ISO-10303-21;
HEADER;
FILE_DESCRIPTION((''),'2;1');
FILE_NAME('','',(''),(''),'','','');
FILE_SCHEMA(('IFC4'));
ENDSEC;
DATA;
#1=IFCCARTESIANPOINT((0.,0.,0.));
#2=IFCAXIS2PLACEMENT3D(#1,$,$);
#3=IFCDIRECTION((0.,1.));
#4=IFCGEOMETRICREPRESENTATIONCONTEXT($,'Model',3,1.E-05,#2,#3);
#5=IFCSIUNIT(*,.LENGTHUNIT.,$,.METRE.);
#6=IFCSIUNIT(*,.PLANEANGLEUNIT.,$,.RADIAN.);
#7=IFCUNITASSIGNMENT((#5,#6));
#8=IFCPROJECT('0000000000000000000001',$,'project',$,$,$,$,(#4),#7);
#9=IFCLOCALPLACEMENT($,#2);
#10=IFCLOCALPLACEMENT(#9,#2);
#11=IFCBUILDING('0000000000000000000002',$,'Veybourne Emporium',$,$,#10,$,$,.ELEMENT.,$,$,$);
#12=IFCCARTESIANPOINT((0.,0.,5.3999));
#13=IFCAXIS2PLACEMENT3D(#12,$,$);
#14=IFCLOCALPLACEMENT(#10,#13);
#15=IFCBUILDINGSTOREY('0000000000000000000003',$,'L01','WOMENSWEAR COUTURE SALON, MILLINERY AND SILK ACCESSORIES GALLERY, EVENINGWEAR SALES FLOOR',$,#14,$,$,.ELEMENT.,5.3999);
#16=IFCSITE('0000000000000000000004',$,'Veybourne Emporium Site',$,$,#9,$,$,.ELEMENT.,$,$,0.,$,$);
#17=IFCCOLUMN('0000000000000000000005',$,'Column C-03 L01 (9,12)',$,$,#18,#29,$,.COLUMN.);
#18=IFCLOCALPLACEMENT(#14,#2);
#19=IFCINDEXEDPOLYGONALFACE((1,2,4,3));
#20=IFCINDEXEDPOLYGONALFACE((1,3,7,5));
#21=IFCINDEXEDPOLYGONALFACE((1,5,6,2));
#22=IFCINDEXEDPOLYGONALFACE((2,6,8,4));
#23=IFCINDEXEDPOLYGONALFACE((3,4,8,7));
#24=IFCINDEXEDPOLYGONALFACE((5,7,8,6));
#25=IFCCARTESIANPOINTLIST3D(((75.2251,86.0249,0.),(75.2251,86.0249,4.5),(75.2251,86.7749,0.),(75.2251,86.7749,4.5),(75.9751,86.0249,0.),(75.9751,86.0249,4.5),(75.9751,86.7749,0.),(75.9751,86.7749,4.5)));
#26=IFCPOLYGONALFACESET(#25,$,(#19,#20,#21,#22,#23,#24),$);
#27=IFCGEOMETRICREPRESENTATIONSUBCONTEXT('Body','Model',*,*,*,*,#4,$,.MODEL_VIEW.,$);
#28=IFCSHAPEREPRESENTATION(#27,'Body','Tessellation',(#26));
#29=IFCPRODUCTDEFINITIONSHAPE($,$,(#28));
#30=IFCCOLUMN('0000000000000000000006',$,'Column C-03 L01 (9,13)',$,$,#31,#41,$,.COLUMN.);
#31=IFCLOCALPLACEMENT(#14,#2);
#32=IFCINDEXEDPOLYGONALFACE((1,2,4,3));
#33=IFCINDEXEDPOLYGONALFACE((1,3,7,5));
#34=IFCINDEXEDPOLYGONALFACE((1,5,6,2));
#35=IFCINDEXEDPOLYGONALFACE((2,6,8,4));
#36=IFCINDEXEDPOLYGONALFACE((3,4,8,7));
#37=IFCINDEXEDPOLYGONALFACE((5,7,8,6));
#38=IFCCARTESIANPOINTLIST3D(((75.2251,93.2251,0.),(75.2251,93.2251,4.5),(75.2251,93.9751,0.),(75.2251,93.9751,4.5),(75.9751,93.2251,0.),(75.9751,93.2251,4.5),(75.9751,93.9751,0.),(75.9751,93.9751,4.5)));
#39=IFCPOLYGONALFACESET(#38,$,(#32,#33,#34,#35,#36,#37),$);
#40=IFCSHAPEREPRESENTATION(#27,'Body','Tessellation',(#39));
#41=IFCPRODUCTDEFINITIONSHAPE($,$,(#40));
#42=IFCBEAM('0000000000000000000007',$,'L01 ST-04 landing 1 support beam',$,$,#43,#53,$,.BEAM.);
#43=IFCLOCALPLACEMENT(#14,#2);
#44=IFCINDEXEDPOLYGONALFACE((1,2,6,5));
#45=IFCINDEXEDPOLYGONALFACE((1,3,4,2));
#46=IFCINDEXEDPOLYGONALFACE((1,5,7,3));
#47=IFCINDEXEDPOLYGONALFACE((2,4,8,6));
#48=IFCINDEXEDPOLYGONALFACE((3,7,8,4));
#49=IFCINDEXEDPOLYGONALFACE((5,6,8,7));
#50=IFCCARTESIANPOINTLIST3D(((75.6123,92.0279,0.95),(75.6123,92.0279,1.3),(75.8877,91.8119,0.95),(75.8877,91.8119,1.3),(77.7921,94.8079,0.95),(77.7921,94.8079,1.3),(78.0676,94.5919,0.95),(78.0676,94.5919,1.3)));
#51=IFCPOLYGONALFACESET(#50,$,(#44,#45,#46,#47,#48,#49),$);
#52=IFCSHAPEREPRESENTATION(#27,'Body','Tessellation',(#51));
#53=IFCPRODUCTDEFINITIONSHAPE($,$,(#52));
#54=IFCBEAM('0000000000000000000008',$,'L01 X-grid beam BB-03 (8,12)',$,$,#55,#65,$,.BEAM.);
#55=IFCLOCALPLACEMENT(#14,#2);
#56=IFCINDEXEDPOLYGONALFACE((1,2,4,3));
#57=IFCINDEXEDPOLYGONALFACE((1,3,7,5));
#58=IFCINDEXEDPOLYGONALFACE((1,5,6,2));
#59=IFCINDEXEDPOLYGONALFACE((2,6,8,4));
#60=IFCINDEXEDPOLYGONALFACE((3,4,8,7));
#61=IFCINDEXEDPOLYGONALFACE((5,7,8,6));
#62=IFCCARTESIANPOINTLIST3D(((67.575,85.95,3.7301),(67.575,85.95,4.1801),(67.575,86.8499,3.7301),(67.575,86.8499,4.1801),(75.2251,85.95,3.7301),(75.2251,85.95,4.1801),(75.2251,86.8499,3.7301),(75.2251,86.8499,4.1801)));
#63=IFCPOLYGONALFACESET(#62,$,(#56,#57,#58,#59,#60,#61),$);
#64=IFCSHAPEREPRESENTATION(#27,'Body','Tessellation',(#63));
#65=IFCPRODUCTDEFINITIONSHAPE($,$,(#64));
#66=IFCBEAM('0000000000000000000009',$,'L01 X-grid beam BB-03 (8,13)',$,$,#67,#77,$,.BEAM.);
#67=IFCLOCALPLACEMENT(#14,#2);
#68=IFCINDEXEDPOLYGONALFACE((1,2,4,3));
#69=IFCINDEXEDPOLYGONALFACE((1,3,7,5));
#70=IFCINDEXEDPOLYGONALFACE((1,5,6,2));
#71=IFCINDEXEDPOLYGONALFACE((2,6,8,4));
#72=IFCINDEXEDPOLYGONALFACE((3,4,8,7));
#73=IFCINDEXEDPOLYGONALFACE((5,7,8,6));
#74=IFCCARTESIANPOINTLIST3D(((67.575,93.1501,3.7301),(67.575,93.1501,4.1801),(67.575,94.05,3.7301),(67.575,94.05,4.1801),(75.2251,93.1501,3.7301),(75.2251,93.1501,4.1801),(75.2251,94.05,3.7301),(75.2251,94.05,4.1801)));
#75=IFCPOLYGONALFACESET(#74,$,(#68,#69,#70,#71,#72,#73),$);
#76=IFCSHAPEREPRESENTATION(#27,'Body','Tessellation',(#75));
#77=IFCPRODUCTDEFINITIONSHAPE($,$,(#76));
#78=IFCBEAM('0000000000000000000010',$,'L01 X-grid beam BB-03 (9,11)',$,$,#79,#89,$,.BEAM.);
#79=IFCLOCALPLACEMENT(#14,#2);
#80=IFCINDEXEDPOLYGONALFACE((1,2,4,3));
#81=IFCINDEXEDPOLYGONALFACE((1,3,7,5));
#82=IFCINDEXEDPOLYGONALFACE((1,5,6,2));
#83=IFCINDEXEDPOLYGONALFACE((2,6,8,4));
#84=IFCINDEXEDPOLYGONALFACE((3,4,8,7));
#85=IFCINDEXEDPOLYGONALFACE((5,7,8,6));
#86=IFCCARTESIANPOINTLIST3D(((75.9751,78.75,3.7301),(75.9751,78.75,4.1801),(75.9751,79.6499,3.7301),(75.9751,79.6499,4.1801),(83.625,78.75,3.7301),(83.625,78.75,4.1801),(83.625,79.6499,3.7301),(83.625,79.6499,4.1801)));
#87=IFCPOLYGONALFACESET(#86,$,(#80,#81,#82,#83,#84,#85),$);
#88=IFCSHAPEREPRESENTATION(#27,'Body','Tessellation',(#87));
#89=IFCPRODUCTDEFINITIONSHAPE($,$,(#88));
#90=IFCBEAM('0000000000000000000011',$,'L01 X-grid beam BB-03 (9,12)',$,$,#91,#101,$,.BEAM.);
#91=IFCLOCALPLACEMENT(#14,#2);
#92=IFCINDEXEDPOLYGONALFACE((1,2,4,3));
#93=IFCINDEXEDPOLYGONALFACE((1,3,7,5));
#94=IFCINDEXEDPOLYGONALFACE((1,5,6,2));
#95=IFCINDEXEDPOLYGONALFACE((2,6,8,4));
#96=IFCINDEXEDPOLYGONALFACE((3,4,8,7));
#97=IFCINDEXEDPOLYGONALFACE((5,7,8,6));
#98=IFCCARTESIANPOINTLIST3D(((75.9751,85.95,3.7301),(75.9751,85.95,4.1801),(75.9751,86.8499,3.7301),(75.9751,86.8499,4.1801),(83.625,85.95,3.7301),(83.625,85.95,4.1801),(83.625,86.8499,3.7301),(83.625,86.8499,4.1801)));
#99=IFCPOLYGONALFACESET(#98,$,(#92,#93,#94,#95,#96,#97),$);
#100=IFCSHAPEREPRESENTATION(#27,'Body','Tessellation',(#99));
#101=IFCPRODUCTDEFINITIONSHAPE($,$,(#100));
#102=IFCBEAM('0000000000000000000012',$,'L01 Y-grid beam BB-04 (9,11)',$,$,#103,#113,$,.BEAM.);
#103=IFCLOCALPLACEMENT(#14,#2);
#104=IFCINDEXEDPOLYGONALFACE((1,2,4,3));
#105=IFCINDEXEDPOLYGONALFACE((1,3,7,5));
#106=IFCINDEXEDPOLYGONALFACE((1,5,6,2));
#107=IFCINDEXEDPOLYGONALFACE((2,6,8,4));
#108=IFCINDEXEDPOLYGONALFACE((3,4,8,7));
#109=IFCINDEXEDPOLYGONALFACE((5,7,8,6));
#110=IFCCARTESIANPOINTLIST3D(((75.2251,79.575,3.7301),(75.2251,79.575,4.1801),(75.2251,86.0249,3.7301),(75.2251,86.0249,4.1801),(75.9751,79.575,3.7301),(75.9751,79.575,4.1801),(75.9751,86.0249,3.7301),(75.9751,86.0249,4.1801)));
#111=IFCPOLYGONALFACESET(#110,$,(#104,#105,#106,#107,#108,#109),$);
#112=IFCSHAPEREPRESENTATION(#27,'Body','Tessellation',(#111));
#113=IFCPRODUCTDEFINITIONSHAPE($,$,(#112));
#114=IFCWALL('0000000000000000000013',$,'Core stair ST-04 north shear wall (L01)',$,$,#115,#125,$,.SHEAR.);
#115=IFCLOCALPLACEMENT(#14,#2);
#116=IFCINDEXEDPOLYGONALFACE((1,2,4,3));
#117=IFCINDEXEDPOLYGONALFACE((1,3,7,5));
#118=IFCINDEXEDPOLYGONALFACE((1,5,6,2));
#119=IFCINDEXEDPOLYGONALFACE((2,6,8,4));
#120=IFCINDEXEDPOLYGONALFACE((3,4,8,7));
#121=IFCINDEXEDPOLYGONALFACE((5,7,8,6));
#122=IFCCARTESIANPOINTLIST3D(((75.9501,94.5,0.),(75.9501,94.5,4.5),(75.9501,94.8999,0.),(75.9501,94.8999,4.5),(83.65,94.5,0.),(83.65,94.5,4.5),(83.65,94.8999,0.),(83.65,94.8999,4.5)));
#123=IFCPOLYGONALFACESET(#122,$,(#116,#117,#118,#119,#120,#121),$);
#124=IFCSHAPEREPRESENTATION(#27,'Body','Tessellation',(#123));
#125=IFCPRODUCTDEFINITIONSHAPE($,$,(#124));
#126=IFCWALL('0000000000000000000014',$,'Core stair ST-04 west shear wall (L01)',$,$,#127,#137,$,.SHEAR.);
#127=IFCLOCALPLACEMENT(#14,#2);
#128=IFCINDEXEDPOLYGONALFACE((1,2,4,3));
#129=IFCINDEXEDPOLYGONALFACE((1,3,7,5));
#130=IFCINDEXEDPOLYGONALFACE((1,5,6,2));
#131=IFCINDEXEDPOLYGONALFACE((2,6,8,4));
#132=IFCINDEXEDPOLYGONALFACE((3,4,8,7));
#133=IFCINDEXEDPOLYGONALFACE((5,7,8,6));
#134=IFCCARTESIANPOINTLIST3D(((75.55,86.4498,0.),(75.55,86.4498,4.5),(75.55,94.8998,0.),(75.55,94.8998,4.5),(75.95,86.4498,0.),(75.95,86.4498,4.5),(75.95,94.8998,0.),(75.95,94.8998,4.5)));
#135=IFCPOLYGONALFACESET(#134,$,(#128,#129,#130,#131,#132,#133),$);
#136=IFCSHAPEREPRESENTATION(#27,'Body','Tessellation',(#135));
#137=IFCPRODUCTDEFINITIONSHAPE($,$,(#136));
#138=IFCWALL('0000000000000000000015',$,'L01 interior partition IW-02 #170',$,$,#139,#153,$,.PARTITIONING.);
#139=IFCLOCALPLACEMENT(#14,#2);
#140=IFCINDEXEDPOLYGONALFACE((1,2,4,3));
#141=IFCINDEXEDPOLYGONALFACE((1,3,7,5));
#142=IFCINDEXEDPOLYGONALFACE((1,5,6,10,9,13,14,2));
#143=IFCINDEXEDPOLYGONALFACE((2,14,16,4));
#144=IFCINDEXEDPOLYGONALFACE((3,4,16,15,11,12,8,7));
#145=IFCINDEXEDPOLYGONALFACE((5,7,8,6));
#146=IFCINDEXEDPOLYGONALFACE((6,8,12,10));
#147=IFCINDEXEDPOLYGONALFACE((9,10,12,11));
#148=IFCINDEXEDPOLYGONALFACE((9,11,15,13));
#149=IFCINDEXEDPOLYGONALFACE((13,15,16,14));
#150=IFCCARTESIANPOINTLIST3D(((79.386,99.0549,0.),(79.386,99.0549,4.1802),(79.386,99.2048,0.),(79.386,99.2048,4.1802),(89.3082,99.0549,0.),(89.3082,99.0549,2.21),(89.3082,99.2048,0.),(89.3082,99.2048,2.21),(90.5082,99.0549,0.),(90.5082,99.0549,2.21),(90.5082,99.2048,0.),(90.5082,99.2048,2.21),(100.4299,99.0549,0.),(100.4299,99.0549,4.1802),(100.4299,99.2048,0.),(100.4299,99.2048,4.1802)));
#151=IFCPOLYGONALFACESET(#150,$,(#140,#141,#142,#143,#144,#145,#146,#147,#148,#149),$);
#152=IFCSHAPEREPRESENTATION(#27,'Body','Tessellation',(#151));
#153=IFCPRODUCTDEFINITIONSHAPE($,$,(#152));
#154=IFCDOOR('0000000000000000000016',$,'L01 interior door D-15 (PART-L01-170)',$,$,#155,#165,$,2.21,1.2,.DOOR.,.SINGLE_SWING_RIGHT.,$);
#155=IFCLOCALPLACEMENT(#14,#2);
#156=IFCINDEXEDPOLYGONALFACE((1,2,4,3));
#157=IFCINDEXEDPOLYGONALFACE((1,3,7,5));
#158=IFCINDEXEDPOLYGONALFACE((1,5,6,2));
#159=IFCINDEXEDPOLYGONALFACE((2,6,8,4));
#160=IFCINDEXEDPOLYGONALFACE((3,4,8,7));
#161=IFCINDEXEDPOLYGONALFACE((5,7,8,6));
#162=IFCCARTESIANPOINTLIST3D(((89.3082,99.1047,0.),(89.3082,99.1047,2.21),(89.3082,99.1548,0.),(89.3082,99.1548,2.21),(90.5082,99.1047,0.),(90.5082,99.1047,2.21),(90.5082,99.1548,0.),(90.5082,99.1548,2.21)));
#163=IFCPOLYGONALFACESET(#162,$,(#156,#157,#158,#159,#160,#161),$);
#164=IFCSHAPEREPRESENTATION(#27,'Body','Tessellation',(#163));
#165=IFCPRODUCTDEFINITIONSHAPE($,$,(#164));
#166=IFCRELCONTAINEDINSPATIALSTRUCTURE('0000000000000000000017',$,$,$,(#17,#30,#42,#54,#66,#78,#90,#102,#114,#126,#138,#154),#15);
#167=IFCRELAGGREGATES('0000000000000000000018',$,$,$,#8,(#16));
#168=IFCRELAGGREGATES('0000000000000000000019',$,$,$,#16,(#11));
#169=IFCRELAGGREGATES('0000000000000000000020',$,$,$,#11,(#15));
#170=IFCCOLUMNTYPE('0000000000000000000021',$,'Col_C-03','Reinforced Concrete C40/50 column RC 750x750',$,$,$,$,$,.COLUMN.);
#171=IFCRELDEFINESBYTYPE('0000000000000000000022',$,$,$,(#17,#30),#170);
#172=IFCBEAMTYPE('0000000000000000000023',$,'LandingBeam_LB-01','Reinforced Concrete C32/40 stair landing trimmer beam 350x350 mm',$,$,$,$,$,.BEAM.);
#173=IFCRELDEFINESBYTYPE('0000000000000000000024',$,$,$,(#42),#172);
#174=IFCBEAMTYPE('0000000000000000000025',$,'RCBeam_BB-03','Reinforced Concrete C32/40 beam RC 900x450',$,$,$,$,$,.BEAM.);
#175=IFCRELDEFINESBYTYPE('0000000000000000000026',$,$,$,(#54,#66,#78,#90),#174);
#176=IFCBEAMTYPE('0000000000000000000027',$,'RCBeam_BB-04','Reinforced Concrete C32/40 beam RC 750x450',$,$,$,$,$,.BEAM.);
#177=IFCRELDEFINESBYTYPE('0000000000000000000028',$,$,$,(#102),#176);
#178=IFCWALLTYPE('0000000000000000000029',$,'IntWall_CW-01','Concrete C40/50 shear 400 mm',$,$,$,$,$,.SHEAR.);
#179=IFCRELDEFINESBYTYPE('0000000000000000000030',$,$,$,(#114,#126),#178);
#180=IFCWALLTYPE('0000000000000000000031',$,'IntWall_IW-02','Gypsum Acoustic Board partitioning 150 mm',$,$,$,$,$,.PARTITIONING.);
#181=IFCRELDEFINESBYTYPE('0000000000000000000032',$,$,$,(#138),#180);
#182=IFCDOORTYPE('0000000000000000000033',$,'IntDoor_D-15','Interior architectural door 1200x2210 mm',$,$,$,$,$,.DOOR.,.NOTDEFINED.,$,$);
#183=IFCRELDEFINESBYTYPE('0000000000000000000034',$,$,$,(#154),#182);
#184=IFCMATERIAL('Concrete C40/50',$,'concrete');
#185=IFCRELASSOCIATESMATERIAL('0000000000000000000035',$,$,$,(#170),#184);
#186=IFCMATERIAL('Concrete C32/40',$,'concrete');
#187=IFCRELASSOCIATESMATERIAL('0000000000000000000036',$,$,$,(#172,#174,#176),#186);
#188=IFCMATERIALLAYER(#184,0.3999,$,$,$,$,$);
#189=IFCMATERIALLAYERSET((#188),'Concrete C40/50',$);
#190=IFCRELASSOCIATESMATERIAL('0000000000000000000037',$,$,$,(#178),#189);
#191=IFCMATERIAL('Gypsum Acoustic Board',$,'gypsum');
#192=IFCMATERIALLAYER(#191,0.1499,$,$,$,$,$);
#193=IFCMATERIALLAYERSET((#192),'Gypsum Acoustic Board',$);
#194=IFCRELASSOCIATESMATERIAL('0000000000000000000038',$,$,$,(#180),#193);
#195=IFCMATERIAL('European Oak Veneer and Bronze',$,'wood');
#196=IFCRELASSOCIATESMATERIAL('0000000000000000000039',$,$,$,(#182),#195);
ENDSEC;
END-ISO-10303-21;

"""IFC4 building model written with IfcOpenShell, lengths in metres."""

from ifc_helpers import new_model, si_unit, direction, frame, frame_2d, origin, origin_2d, place, context, subcontext, project, spatial, rectangle, extrude, material, layer, layer_set, material_profile, profile_set, type_object, element, fill, save


model = new_model("IFC4")

# Units and contexts
model_context = context("Model", 3, precision=1e-05, world=origin(), true_north=direction((0.0, 1.0)))
body_context = subcontext(model_context, "Body", "Model", "MODEL_VIEW")
ifc_project = project(units=[si_unit("LENGTHUNIT", "METRE"), si_unit("PLANEANGLEUNIT", "RADIAN")], contexts=[model_context])

# Site, building, storey
site_placement = place(None, origin())
site = spatial("IfcSite", under=ifc_project, at=site_placement, Name="Veybourne Emporium Site", CompositionType="ELEMENT", RefElevation=0.0)
building_placement = place(site_placement, origin())
building = spatial("IfcBuilding", under=site, at=building_placement, Name="Veybourne Emporium", CompositionType="ELEMENT")
storey_placement = place(building_placement, frame((0.0, 0.0, 5.3999)))
storey = spatial("IfcBuildingStorey", under=building, at=storey_placement, Name="L01", Description="WOMENSWEAR COUTURE SALON, MILLINERY AND SILK ACCESSORIES GALLERY, EVENINGWEAR SALES FLOOR", CompositionType="ELEMENT", Elevation=5.3999)

# Columns
ifc_material_1 = material(Name="Concrete C40/50", Category="concrete")
ifc_material_profile_1 = material_profile(ifc_material_1, rectangle(XDim=0.75, YDim=0.75, at=origin_2d()), Name="RC 750x750")
ifc_profile_set_1 = profile_set([ifc_material_profile_1], Name="Concrete C40/50")
column_type = type_object("IfcColumnType", Name="Col_C-03", Description="Reinforced Concrete C40/50 column RC 750x750", PredefinedType="COLUMN", material=ifc_profile_set_1)
for number, where, z_axis, x_axis, name in (
    (1, (75.6001, 86.3999, 0.0), (0.0, 0.0, 1.0), (1.0, 0.0, 0.0), "Column C-03 L01 (9,12)"),
    (2, (75.6001, 93.6001, 0.0), (0.0, 0.0, 1.0), (1.0, 0.0, 0.0), "Column C-03 L01 (9,13)"),
):
    element("IfcColumn", number, at=place(storey_placement, frame(where, z_axis=z_axis, x_axis=x_axis)), inside=storey, type_object=column_type, Name=name, PredefinedType="COLUMN", context=body_context, shape_type="SweptSolid", body=[
        extrude(rectangle(XDim=0.75, YDim=0.75, at=origin_2d()), origin(), (0.0, 0.0, 1.0), 4.5),
    ])

# Beams
ifc_material_2 = material(Name="Concrete C32/40", Category="concrete")
ifc_material_profile_2 = material_profile(ifc_material_2, rectangle(XDim=0.3501, YDim=0.3501, at=origin_2d()), Name="RC 350x350")
ifc_profile_set_2 = profile_set([ifc_material_profile_2], Name="Concrete C32/40")
beam_type_1 = type_object("IfcBeamType", Name="LandingBeam_LB-01", Description="Reinforced Concrete C32/40 stair landing trimmer beam 350x350 mm", PredefinedType="BEAM", material=ifc_profile_set_2)
beam_1_placement = place(storey_placement, frame((75.75, 91.9199, 1.125), z_axis=(0.617055, 0.78692, 0.0), x_axis=(-0.78692, 0.617055, 0.0)))
element("IfcBeam", 3, at=beam_1_placement, inside=storey, type_object=beam_type_1, Name="L01 ST-04 landing 1 support beam", PredefinedType="BEAM", context=body_context, shape_type="SweptSolid", body=[
    extrude(rectangle(XDim=0.3501, YDim=0.3501, at=origin_2d()), origin(), (0.0, 0.0, 1.0), 3.5327),
])
ifc_material_profile_3 = material_profile(ifc_material_2, rectangle(XDim=0.8999, YDim=0.45, at=origin_2d()), Name="RC 900x450")
ifc_profile_set_3 = profile_set([ifc_material_profile_3], Name="Concrete C32/40")
beam_type_2 = type_object("IfcBeamType", Name="RCBeam_BB-03", Description="Reinforced Concrete C32/40 beam RC 900x450", PredefinedType="BEAM", material=ifc_profile_set_3)
for number, where, z_axis, x_axis, name in (
    (4, (67.575, 86.3999, 3.9551), (1.0, 0.0, 0.0), (0.0, 1.0, 0.0), "L01 X-grid beam BB-03 (8,12)"),
    (5, (67.575, 93.6001, 3.9551), (1.0, 0.0, 0.0), (0.0, 1.0, 0.0), "L01 X-grid beam BB-03 (8,13)"),
):
    element("IfcBeam", number, at=place(storey_placement, frame(where, z_axis=z_axis, x_axis=x_axis)), inside=storey, type_object=beam_type_2, Name=name, PredefinedType="BEAM", context=body_context, shape_type="SweptSolid", body=[
        extrude(rectangle(XDim=0.8999, YDim=0.45, at=origin_2d()), origin(), (0.0, 0.0, 1.0), 7.6501),
    ])
for number, where, z_axis, x_axis, name in (
    (6, (75.9751, 79.2, 3.9551), (1.0, 0.0, 0.0), (0.0, 1.0, 0.0), "L01 X-grid beam BB-03 (9,11)"),
    (7, (75.9751, 86.3999, 3.9551), (1.0, 0.0, 0.0), (0.0, 1.0, 0.0), "L01 X-grid beam BB-03 (9,12)"),
):
    element("IfcBeam", number, at=place(storey_placement, frame(where, z_axis=z_axis, x_axis=x_axis)), inside=storey, type_object=beam_type_2, Name=name, PredefinedType="BEAM", context=body_context, shape_type="SweptSolid", body=[
        extrude(rectangle(XDim=0.8999, YDim=0.45, at=origin_2d()), origin(), (0.0, 0.0, 1.0), 7.6499),
    ])
ifc_material_profile_4 = material_profile(ifc_material_2, rectangle(XDim=0.75, YDim=0.45, at=origin_2d()), Name="RC 750x450")
ifc_profile_set_4 = profile_set([ifc_material_profile_4], Name="Concrete C32/40")
beam_type_3 = type_object("IfcBeamType", Name="RCBeam_BB-04", Description="Reinforced Concrete C32/40 beam RC 750x450", PredefinedType="BEAM", material=ifc_profile_set_4)
beam_2_placement = place(storey_placement, frame((75.6001, 79.575, 3.9551), z_axis=(0.0, 1.0, 0.0), x_axis=(-1.0, 0.0, 0.0)))
element("IfcBeam", 8, at=beam_2_placement, inside=storey, type_object=beam_type_3, Name="L01 Y-grid beam BB-04 (9,11)", PredefinedType="BEAM", context=body_context, shape_type="SweptSolid", body=[
    extrude(rectangle(XDim=0.75, YDim=0.45, at=origin_2d()), origin(), (0.0, 0.0, 1.0), 6.45),
])

# Walls
ifc_layer_1 = layer(ifc_material_1, 0.3999)
ifc_layer_set_1 = layer_set([ifc_layer_1], Name="Concrete C40/50")
wall_type_1 = type_object("IfcWallType", Name="IntWall_CW-01", Description="Concrete C40/50 shear 400 mm", PredefinedType="SHEAR", material=ifc_layer_set_1)
wall_1_placement = place(storey_placement, frame((75.95, 94.7, 0.0), z_axis=(0.0, 0.0, 1.0), x_axis=(1.0, 0.0, 0.0)))
element("IfcWall", 9, at=wall_1_placement, inside=storey, type_object=wall_type_1, Name="Core stair ST-04 north shear wall (L01)", PredefinedType="SHEAR", context=body_context, shape_type="SweptSolid", body=[
    extrude(rectangle(XDim=7.7, YDim=0.3999, at=frame_2d((3.8501, 0.0))), origin(), (0.0, 0.0, 1.0), 4.5),
])
wall_2_placement = place(storey_placement, frame((75.75, 94.8999, 0.0), z_axis=(0.0, 0.0, 1.0), x_axis=(0.0, -1.0, 0.0)))
element("IfcWall", 10, at=wall_2_placement, inside=storey, type_object=wall_type_1, Name="Core stair ST-04 west shear wall (L01)", PredefinedType="SHEAR", context=body_context, shape_type="SweptSolid", body=[
    extrude(rectangle(XDim=8.45, YDim=0.3999, at=frame_2d((4.2251, 0.0))), origin(), (0.0, 0.0, 1.0), 4.5),
])

# Wall, opening, door
ifc_material_3 = material(Name="Gypsum Acoustic Board", Category="gypsum")
ifc_layer_2 = layer(ifc_material_3, 0.1499)
ifc_layer_set_2 = layer_set([ifc_layer_2], Name="Gypsum Acoustic Board")
wall_type_2 = type_object("IfcWallType", Name="IntWall_IW-02", Description="Gypsum Acoustic Board partitioning 150 mm", PredefinedType="PARTITIONING", material=ifc_layer_set_2)
wall_3_placement = place(storey_placement, frame((79.386, 99.1299, 0.0), z_axis=(0.0, 0.0, 1.0), x_axis=(1.0, 0.0, 0.0)))
wall_3 = element("IfcWall", 11, at=wall_3_placement, inside=storey, type_object=wall_type_2, Name="L01 interior partition IW-02 #170", PredefinedType="PARTITIONING", context=body_context, shape_type="SweptSolid", body=[
    extrude(rectangle(XDim=21.0439, YDim=0.1499, at=frame_2d((10.522, 0.0))), origin(), (0.0, 0.0, 1.0), 4.1802),
])
opening_1_placement = place(wall_3_placement, frame((9.9221, 0.0, 0.0)))
opening_1 = element("IfcOpeningElement", 12, at=opening_1_placement, cuts=wall_3, PredefinedType="OPENING", context=body_context, shape_type="SweptSolid", body=[
    extrude(rectangle(XDim=1.2, YDim=2.21, at=frame_2d((0.6001, 1.105))), frame((0.0, 0.095, 0.0), z_axis=(0.0, -1.0, 0.0), x_axis=(1.0, 0.0, 0.0)), (0.0, 0.0, 1.0), 0.1899),
])
ifc_material_4 = material(Name="European Oak Veneer and Bronze", Category="wood")
door_type_1 = type_object("IfcDoorType", Name="IntDoor_D-15", Description="Interior architectural door 1200x2210 mm", OperationType="NOTDEFINED", PredefinedType="DOOR", material=ifc_material_4)
door_1_placement = place(opening_1_placement, origin())
door_1 = element("IfcDoor", 13, at=door_1_placement, inside=storey, type_object=door_type_1, Name="L01 interior door D-15 (PART-L01-170)", OperationType="SINGLE_SWING_RIGHT", OverallHeight=2.21, OverallWidth=1.2, PredefinedType="DOOR", context=body_context, shape_type="SweptSolid", body=[
    extrude(rectangle(XDim=1.2, YDim=2.21, at=frame_2d((0.6001, 1.105))), frame((0.0, 0.0249, 0.0), z_axis=(0.0, -1.0, 0.0), x_axis=(1.0, 0.0, 0.0)), (0.0, 0.0, 1.0), 0.05),
])
fill(opening_1, door_1)

save(model, "model.ifc")
